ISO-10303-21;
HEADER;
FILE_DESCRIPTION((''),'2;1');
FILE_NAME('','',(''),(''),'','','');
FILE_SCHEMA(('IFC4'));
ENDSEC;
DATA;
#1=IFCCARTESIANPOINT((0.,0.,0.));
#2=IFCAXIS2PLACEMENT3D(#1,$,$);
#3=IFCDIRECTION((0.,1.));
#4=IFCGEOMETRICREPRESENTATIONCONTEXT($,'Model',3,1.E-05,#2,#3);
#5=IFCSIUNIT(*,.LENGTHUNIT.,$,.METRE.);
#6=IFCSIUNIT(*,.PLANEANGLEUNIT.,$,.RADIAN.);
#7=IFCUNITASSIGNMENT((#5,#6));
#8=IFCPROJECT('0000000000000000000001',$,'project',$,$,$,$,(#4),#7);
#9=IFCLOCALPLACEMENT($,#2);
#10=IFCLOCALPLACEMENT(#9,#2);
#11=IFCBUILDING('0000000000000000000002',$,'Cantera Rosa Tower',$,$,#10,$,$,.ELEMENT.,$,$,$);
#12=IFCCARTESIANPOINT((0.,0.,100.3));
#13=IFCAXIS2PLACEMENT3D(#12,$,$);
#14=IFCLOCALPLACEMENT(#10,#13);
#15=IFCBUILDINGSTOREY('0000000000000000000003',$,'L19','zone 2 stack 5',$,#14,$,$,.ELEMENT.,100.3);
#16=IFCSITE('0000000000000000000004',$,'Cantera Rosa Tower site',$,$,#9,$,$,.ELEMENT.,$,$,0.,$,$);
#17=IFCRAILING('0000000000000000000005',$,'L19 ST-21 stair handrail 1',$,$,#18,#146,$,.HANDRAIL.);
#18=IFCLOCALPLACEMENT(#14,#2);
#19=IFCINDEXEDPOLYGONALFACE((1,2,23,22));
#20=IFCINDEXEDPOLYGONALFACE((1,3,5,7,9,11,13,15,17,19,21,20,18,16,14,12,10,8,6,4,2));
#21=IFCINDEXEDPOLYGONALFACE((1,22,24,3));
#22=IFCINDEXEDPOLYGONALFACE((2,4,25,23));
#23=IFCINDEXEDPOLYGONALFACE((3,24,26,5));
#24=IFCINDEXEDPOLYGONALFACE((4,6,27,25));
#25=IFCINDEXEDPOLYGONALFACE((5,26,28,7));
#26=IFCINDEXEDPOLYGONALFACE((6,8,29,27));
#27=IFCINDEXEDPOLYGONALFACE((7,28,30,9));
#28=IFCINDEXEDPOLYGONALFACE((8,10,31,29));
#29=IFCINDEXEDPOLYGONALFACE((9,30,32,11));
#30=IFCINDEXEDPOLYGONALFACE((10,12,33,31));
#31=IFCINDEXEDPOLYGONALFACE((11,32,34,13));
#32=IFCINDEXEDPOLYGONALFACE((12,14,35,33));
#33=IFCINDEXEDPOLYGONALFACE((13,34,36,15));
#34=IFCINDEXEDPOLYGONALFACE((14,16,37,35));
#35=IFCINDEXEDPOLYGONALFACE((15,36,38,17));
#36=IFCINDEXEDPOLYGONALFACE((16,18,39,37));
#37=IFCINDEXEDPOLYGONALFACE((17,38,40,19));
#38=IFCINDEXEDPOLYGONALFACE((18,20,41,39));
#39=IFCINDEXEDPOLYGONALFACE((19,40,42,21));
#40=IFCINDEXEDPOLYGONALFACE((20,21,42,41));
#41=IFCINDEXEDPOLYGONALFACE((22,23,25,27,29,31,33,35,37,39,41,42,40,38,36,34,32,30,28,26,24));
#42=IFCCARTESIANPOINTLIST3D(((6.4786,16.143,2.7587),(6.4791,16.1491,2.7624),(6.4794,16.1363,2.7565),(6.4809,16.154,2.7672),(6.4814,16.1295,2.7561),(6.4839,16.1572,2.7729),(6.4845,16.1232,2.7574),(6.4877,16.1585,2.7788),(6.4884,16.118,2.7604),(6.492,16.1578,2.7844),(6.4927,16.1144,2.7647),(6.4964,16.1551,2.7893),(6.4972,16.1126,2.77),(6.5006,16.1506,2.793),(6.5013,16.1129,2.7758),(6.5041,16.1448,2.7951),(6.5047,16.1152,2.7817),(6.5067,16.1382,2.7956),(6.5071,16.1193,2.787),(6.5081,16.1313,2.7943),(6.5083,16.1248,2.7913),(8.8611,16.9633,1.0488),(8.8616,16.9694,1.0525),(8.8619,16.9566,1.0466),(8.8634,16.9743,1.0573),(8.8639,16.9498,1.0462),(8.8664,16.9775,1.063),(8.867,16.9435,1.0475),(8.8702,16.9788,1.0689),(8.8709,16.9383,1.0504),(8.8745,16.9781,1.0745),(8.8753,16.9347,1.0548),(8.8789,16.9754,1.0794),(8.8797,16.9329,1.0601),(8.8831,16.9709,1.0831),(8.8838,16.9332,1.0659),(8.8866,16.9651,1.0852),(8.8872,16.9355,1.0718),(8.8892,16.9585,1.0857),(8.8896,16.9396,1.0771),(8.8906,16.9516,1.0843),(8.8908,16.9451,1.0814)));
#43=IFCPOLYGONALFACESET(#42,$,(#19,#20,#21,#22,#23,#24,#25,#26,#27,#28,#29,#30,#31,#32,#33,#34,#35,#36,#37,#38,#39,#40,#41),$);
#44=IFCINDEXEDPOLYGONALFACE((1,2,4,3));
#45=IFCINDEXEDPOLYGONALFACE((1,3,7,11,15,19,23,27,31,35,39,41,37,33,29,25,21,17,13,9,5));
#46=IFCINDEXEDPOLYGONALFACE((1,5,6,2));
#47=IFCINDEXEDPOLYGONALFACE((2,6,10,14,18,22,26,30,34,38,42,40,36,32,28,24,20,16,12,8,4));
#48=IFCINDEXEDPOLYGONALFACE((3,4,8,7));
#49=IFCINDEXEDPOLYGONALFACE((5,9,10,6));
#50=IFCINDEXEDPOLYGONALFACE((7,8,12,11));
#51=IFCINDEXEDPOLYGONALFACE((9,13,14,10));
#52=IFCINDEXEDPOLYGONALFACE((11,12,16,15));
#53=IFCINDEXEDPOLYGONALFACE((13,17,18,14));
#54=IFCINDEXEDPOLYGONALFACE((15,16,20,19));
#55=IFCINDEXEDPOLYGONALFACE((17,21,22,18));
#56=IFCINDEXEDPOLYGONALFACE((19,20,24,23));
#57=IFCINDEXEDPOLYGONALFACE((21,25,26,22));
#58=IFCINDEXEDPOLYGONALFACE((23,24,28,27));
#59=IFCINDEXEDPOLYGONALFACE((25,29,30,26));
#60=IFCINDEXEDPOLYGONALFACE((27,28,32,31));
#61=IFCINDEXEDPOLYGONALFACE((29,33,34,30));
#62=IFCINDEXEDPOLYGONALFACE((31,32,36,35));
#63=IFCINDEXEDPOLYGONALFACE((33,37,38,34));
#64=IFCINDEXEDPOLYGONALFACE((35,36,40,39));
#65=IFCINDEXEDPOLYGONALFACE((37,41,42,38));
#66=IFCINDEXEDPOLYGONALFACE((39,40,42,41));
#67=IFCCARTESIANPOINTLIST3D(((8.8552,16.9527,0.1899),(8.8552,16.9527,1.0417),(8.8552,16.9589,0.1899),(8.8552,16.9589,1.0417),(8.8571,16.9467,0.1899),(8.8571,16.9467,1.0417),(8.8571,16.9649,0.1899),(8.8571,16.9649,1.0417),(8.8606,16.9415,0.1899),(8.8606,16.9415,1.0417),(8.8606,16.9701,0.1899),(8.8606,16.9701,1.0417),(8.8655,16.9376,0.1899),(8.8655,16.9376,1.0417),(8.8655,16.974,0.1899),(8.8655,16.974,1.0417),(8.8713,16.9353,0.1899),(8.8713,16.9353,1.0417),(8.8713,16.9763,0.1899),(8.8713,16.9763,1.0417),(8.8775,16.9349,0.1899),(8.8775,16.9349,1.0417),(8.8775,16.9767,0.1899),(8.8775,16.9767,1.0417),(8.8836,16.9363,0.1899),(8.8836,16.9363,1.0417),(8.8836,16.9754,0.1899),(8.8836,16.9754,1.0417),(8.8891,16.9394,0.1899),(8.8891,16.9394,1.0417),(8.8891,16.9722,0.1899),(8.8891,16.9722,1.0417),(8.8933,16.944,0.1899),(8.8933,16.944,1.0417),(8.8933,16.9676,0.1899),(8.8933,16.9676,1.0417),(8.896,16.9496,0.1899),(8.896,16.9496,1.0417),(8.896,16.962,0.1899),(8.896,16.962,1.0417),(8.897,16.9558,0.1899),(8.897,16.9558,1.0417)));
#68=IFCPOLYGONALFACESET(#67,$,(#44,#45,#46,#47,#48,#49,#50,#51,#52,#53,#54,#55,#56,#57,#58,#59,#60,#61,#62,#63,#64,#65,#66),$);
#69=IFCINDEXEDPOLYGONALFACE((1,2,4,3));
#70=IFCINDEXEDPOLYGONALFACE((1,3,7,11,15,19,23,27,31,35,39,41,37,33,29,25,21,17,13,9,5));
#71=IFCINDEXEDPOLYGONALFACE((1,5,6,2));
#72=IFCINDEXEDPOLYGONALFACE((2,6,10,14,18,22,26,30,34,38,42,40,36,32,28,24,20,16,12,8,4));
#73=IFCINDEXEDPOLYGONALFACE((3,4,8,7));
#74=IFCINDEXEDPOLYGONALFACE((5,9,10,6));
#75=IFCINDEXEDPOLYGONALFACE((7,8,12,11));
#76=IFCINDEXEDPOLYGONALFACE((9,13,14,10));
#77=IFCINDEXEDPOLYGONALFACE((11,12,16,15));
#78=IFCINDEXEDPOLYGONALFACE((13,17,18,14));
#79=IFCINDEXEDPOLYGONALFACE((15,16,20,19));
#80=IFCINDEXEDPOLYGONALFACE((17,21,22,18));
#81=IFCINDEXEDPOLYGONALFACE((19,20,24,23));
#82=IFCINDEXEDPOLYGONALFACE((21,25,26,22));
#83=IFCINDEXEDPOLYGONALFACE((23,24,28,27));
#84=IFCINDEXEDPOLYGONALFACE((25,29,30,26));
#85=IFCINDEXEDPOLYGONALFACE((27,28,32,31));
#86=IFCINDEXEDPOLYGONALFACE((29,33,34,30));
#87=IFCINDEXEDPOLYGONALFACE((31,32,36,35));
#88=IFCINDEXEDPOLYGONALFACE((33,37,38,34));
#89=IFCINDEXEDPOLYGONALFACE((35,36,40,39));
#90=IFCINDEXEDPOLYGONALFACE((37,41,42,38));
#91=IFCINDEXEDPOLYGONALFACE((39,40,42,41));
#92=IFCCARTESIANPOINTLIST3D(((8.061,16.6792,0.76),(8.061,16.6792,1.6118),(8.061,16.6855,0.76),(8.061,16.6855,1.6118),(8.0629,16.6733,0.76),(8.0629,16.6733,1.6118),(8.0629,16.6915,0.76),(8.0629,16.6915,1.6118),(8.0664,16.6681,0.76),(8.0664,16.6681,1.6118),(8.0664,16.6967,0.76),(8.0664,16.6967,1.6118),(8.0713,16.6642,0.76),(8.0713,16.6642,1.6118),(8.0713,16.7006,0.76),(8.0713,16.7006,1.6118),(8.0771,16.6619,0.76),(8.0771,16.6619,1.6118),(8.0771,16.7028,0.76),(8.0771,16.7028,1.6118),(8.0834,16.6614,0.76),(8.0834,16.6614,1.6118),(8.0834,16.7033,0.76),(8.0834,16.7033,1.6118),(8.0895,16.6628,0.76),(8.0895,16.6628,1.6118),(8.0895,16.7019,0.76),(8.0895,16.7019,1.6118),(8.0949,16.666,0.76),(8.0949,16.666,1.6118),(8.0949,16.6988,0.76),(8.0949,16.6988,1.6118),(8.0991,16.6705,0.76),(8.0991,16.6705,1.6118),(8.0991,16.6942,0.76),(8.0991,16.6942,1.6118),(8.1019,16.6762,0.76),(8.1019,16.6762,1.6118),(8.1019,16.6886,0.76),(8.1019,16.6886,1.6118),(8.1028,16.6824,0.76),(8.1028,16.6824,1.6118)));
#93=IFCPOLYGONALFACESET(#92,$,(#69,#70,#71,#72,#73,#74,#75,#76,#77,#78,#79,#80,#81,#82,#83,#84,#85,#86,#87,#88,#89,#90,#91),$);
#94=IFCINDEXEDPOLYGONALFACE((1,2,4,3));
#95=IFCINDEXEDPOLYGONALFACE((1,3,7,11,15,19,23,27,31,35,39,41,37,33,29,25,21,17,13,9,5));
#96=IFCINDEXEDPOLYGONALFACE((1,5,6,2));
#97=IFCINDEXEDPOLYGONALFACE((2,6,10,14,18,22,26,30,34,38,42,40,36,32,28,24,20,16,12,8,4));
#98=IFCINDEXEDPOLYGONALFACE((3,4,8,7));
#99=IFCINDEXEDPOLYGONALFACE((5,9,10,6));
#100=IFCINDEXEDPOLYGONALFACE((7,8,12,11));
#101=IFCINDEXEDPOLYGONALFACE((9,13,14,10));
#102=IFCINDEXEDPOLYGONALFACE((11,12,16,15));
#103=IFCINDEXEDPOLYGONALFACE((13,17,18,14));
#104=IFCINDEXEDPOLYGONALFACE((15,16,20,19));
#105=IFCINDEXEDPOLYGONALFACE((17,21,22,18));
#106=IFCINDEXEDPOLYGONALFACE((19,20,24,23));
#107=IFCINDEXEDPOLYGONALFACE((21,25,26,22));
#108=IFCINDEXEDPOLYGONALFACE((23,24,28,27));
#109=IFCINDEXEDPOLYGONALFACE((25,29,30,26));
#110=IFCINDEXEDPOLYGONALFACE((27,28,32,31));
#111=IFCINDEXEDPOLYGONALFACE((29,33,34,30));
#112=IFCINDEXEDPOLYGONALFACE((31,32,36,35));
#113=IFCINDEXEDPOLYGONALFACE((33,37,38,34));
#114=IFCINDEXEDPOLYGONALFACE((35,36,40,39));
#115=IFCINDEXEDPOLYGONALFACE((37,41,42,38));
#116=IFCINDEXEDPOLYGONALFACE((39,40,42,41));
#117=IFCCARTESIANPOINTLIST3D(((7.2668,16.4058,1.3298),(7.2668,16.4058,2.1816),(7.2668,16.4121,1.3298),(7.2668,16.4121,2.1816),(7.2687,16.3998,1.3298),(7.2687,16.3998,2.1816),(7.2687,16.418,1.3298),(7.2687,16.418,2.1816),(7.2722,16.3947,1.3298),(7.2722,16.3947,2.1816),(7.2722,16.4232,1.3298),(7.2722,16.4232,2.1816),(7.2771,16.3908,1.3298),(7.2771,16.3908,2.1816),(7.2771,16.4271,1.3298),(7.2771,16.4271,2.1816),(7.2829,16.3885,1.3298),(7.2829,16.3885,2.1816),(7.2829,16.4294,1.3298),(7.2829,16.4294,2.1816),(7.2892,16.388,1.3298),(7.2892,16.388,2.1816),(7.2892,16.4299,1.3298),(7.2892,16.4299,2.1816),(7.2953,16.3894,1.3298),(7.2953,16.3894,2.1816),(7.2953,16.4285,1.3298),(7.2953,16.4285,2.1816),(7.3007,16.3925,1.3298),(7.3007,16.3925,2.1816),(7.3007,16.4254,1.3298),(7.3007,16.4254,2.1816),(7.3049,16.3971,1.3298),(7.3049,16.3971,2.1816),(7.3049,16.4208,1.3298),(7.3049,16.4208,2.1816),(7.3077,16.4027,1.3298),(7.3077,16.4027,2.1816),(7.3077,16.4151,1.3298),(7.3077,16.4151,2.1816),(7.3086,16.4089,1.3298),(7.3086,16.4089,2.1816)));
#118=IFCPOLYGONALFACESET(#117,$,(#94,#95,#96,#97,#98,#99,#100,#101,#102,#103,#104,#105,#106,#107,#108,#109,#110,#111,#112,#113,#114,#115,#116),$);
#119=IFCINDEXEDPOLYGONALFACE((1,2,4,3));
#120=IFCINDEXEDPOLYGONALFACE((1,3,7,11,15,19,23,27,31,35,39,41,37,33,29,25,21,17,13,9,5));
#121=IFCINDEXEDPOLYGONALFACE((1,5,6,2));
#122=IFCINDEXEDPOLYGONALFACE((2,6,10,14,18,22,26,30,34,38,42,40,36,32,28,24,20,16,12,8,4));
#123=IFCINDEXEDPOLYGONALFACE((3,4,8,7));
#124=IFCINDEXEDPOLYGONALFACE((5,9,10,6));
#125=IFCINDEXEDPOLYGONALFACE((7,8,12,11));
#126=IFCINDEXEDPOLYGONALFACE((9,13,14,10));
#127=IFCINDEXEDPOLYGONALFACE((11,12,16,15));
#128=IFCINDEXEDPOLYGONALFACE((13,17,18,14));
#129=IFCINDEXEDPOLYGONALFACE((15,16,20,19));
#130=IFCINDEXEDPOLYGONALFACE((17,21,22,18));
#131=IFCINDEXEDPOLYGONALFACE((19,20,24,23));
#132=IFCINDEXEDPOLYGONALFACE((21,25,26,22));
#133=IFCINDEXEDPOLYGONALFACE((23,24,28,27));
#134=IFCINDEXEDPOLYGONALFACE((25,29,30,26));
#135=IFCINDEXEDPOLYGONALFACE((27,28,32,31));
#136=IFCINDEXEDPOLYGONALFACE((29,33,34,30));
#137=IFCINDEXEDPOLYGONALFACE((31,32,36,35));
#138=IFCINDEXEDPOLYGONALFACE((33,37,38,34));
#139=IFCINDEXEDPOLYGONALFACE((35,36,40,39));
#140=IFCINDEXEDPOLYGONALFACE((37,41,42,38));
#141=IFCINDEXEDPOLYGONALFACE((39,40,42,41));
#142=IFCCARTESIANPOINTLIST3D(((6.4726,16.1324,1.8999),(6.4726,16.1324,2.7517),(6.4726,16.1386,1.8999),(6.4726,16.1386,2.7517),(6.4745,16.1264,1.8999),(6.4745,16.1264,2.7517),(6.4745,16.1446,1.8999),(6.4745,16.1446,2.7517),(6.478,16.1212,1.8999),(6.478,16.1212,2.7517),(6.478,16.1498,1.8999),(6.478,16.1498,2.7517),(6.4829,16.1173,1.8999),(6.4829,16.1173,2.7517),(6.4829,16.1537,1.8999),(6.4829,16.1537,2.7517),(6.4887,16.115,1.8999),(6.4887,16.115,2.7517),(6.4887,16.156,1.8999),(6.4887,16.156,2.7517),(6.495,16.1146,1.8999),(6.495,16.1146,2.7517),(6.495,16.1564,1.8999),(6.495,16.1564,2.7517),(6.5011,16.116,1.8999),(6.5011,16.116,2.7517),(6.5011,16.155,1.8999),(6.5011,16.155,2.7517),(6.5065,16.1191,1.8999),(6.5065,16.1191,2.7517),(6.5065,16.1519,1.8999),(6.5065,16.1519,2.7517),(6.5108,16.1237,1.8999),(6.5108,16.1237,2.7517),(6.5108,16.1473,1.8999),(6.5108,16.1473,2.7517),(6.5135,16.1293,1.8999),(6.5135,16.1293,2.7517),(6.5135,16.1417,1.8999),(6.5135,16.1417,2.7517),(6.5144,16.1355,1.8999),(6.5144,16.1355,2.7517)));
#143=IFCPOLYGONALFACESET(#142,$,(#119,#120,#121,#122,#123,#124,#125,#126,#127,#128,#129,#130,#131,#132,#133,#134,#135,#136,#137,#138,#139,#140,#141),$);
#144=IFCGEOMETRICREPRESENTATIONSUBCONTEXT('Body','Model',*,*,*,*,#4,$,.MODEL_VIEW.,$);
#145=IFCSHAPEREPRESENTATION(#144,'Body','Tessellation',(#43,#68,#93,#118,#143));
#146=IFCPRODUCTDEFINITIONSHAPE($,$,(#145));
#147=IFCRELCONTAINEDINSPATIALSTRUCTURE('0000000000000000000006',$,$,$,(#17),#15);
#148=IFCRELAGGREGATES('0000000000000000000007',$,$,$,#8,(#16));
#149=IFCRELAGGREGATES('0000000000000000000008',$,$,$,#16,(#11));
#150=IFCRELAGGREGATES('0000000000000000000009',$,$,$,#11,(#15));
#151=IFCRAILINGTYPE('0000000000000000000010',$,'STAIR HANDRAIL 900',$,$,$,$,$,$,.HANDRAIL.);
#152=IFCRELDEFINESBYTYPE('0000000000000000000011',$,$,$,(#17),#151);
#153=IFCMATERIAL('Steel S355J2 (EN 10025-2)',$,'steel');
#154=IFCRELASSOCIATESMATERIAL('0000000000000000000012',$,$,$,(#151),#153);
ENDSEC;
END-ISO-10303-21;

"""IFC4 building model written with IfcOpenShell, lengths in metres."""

from ifc_helpers import new_model, si_unit, direction, frame, origin, origin_2d, place, context, subcontext, project, spatial, circle, extrude, material, type_object, element, save


model = new_model("IFC4")

# Units and contexts
model_context = context("Model", 3, precision=1e-05, world=origin(), true_north=direction((0.0, 1.0)))
body_context = subcontext(model_context, "Body", "Model", "MODEL_VIEW")
ifc_project = project(units=[si_unit("LENGTHUNIT", "METRE"), si_unit("PLANEANGLEUNIT", "RADIAN")], contexts=[model_context])

# Site, building, storey
site_placement = place(None, origin())
site = spatial("IfcSite", under=ifc_project, at=site_placement, Name="Cantera Rosa Tower site", CompositionType="ELEMENT", RefElevation=0.0)
building_placement = place(site_placement, origin())
building = spatial("IfcBuilding", under=site, at=building_placement, Name="Cantera Rosa Tower", CompositionType="ELEMENT")
storey_placement = place(building_placement, frame((0.0, 0.0, 100.3)))
storey = spatial("IfcBuildingStorey", under=building, at=storey_placement, Name="L19", Description="zone 2 stack 5", CompositionType="ELEMENT", Elevation=100.3)

# Railing
ifc_material_1 = material(Name="Steel S355J2 (EN 10025-2)", Category="steel")
railing_type_1 = type_object("IfcRailingType", Name="STAIR HANDRAIL 900", PredefinedType="HANDRAIL", material=ifc_material_1)
railing_1_placement = place(storey_placement, frame((8.876, 16.9558, 0.1899)))
element("IfcRailing", 1, at=railing_1_placement, inside=storey, type_object=railing_type_1, Name="L19 ST-21 stair handrail 1", PredefinedType="HANDRAIL", context=body_context, shape_type="SweptSolid", body=[
    extrude(circle(Radius=0.0239, at=origin_2d()), frame((0.0, 0.0, 0.876), z_axis=(-0.78239, -0.269375, 0.561519), x_axis=(0.325543, -0.945527, 0.0)), (0.0, 0.0, 1.0), 3.0452),
    extrude(circle(Radius=0.021, at=origin_2d()), origin(), (0.0, 0.0, 1.0), 0.8518),
    extrude(circle(Radius=0.021, at=origin_2d()), frame((-0.7942, -0.2734, 0.5701)), (0.0, 0.0, 1.0), 0.8518),
    extrude(circle(Radius=0.021, at=origin_2d()), frame((-1.5884, -0.5469, 1.1399)), (0.0, 0.0, 1.0), 0.8518),
    extrude(circle(Radius=0.021, at=origin_2d()), frame((-2.3826, -0.8203, 1.71)), (0.0, 0.0, 1.0), 0.8518),
])

save(model, "model.ifc")
